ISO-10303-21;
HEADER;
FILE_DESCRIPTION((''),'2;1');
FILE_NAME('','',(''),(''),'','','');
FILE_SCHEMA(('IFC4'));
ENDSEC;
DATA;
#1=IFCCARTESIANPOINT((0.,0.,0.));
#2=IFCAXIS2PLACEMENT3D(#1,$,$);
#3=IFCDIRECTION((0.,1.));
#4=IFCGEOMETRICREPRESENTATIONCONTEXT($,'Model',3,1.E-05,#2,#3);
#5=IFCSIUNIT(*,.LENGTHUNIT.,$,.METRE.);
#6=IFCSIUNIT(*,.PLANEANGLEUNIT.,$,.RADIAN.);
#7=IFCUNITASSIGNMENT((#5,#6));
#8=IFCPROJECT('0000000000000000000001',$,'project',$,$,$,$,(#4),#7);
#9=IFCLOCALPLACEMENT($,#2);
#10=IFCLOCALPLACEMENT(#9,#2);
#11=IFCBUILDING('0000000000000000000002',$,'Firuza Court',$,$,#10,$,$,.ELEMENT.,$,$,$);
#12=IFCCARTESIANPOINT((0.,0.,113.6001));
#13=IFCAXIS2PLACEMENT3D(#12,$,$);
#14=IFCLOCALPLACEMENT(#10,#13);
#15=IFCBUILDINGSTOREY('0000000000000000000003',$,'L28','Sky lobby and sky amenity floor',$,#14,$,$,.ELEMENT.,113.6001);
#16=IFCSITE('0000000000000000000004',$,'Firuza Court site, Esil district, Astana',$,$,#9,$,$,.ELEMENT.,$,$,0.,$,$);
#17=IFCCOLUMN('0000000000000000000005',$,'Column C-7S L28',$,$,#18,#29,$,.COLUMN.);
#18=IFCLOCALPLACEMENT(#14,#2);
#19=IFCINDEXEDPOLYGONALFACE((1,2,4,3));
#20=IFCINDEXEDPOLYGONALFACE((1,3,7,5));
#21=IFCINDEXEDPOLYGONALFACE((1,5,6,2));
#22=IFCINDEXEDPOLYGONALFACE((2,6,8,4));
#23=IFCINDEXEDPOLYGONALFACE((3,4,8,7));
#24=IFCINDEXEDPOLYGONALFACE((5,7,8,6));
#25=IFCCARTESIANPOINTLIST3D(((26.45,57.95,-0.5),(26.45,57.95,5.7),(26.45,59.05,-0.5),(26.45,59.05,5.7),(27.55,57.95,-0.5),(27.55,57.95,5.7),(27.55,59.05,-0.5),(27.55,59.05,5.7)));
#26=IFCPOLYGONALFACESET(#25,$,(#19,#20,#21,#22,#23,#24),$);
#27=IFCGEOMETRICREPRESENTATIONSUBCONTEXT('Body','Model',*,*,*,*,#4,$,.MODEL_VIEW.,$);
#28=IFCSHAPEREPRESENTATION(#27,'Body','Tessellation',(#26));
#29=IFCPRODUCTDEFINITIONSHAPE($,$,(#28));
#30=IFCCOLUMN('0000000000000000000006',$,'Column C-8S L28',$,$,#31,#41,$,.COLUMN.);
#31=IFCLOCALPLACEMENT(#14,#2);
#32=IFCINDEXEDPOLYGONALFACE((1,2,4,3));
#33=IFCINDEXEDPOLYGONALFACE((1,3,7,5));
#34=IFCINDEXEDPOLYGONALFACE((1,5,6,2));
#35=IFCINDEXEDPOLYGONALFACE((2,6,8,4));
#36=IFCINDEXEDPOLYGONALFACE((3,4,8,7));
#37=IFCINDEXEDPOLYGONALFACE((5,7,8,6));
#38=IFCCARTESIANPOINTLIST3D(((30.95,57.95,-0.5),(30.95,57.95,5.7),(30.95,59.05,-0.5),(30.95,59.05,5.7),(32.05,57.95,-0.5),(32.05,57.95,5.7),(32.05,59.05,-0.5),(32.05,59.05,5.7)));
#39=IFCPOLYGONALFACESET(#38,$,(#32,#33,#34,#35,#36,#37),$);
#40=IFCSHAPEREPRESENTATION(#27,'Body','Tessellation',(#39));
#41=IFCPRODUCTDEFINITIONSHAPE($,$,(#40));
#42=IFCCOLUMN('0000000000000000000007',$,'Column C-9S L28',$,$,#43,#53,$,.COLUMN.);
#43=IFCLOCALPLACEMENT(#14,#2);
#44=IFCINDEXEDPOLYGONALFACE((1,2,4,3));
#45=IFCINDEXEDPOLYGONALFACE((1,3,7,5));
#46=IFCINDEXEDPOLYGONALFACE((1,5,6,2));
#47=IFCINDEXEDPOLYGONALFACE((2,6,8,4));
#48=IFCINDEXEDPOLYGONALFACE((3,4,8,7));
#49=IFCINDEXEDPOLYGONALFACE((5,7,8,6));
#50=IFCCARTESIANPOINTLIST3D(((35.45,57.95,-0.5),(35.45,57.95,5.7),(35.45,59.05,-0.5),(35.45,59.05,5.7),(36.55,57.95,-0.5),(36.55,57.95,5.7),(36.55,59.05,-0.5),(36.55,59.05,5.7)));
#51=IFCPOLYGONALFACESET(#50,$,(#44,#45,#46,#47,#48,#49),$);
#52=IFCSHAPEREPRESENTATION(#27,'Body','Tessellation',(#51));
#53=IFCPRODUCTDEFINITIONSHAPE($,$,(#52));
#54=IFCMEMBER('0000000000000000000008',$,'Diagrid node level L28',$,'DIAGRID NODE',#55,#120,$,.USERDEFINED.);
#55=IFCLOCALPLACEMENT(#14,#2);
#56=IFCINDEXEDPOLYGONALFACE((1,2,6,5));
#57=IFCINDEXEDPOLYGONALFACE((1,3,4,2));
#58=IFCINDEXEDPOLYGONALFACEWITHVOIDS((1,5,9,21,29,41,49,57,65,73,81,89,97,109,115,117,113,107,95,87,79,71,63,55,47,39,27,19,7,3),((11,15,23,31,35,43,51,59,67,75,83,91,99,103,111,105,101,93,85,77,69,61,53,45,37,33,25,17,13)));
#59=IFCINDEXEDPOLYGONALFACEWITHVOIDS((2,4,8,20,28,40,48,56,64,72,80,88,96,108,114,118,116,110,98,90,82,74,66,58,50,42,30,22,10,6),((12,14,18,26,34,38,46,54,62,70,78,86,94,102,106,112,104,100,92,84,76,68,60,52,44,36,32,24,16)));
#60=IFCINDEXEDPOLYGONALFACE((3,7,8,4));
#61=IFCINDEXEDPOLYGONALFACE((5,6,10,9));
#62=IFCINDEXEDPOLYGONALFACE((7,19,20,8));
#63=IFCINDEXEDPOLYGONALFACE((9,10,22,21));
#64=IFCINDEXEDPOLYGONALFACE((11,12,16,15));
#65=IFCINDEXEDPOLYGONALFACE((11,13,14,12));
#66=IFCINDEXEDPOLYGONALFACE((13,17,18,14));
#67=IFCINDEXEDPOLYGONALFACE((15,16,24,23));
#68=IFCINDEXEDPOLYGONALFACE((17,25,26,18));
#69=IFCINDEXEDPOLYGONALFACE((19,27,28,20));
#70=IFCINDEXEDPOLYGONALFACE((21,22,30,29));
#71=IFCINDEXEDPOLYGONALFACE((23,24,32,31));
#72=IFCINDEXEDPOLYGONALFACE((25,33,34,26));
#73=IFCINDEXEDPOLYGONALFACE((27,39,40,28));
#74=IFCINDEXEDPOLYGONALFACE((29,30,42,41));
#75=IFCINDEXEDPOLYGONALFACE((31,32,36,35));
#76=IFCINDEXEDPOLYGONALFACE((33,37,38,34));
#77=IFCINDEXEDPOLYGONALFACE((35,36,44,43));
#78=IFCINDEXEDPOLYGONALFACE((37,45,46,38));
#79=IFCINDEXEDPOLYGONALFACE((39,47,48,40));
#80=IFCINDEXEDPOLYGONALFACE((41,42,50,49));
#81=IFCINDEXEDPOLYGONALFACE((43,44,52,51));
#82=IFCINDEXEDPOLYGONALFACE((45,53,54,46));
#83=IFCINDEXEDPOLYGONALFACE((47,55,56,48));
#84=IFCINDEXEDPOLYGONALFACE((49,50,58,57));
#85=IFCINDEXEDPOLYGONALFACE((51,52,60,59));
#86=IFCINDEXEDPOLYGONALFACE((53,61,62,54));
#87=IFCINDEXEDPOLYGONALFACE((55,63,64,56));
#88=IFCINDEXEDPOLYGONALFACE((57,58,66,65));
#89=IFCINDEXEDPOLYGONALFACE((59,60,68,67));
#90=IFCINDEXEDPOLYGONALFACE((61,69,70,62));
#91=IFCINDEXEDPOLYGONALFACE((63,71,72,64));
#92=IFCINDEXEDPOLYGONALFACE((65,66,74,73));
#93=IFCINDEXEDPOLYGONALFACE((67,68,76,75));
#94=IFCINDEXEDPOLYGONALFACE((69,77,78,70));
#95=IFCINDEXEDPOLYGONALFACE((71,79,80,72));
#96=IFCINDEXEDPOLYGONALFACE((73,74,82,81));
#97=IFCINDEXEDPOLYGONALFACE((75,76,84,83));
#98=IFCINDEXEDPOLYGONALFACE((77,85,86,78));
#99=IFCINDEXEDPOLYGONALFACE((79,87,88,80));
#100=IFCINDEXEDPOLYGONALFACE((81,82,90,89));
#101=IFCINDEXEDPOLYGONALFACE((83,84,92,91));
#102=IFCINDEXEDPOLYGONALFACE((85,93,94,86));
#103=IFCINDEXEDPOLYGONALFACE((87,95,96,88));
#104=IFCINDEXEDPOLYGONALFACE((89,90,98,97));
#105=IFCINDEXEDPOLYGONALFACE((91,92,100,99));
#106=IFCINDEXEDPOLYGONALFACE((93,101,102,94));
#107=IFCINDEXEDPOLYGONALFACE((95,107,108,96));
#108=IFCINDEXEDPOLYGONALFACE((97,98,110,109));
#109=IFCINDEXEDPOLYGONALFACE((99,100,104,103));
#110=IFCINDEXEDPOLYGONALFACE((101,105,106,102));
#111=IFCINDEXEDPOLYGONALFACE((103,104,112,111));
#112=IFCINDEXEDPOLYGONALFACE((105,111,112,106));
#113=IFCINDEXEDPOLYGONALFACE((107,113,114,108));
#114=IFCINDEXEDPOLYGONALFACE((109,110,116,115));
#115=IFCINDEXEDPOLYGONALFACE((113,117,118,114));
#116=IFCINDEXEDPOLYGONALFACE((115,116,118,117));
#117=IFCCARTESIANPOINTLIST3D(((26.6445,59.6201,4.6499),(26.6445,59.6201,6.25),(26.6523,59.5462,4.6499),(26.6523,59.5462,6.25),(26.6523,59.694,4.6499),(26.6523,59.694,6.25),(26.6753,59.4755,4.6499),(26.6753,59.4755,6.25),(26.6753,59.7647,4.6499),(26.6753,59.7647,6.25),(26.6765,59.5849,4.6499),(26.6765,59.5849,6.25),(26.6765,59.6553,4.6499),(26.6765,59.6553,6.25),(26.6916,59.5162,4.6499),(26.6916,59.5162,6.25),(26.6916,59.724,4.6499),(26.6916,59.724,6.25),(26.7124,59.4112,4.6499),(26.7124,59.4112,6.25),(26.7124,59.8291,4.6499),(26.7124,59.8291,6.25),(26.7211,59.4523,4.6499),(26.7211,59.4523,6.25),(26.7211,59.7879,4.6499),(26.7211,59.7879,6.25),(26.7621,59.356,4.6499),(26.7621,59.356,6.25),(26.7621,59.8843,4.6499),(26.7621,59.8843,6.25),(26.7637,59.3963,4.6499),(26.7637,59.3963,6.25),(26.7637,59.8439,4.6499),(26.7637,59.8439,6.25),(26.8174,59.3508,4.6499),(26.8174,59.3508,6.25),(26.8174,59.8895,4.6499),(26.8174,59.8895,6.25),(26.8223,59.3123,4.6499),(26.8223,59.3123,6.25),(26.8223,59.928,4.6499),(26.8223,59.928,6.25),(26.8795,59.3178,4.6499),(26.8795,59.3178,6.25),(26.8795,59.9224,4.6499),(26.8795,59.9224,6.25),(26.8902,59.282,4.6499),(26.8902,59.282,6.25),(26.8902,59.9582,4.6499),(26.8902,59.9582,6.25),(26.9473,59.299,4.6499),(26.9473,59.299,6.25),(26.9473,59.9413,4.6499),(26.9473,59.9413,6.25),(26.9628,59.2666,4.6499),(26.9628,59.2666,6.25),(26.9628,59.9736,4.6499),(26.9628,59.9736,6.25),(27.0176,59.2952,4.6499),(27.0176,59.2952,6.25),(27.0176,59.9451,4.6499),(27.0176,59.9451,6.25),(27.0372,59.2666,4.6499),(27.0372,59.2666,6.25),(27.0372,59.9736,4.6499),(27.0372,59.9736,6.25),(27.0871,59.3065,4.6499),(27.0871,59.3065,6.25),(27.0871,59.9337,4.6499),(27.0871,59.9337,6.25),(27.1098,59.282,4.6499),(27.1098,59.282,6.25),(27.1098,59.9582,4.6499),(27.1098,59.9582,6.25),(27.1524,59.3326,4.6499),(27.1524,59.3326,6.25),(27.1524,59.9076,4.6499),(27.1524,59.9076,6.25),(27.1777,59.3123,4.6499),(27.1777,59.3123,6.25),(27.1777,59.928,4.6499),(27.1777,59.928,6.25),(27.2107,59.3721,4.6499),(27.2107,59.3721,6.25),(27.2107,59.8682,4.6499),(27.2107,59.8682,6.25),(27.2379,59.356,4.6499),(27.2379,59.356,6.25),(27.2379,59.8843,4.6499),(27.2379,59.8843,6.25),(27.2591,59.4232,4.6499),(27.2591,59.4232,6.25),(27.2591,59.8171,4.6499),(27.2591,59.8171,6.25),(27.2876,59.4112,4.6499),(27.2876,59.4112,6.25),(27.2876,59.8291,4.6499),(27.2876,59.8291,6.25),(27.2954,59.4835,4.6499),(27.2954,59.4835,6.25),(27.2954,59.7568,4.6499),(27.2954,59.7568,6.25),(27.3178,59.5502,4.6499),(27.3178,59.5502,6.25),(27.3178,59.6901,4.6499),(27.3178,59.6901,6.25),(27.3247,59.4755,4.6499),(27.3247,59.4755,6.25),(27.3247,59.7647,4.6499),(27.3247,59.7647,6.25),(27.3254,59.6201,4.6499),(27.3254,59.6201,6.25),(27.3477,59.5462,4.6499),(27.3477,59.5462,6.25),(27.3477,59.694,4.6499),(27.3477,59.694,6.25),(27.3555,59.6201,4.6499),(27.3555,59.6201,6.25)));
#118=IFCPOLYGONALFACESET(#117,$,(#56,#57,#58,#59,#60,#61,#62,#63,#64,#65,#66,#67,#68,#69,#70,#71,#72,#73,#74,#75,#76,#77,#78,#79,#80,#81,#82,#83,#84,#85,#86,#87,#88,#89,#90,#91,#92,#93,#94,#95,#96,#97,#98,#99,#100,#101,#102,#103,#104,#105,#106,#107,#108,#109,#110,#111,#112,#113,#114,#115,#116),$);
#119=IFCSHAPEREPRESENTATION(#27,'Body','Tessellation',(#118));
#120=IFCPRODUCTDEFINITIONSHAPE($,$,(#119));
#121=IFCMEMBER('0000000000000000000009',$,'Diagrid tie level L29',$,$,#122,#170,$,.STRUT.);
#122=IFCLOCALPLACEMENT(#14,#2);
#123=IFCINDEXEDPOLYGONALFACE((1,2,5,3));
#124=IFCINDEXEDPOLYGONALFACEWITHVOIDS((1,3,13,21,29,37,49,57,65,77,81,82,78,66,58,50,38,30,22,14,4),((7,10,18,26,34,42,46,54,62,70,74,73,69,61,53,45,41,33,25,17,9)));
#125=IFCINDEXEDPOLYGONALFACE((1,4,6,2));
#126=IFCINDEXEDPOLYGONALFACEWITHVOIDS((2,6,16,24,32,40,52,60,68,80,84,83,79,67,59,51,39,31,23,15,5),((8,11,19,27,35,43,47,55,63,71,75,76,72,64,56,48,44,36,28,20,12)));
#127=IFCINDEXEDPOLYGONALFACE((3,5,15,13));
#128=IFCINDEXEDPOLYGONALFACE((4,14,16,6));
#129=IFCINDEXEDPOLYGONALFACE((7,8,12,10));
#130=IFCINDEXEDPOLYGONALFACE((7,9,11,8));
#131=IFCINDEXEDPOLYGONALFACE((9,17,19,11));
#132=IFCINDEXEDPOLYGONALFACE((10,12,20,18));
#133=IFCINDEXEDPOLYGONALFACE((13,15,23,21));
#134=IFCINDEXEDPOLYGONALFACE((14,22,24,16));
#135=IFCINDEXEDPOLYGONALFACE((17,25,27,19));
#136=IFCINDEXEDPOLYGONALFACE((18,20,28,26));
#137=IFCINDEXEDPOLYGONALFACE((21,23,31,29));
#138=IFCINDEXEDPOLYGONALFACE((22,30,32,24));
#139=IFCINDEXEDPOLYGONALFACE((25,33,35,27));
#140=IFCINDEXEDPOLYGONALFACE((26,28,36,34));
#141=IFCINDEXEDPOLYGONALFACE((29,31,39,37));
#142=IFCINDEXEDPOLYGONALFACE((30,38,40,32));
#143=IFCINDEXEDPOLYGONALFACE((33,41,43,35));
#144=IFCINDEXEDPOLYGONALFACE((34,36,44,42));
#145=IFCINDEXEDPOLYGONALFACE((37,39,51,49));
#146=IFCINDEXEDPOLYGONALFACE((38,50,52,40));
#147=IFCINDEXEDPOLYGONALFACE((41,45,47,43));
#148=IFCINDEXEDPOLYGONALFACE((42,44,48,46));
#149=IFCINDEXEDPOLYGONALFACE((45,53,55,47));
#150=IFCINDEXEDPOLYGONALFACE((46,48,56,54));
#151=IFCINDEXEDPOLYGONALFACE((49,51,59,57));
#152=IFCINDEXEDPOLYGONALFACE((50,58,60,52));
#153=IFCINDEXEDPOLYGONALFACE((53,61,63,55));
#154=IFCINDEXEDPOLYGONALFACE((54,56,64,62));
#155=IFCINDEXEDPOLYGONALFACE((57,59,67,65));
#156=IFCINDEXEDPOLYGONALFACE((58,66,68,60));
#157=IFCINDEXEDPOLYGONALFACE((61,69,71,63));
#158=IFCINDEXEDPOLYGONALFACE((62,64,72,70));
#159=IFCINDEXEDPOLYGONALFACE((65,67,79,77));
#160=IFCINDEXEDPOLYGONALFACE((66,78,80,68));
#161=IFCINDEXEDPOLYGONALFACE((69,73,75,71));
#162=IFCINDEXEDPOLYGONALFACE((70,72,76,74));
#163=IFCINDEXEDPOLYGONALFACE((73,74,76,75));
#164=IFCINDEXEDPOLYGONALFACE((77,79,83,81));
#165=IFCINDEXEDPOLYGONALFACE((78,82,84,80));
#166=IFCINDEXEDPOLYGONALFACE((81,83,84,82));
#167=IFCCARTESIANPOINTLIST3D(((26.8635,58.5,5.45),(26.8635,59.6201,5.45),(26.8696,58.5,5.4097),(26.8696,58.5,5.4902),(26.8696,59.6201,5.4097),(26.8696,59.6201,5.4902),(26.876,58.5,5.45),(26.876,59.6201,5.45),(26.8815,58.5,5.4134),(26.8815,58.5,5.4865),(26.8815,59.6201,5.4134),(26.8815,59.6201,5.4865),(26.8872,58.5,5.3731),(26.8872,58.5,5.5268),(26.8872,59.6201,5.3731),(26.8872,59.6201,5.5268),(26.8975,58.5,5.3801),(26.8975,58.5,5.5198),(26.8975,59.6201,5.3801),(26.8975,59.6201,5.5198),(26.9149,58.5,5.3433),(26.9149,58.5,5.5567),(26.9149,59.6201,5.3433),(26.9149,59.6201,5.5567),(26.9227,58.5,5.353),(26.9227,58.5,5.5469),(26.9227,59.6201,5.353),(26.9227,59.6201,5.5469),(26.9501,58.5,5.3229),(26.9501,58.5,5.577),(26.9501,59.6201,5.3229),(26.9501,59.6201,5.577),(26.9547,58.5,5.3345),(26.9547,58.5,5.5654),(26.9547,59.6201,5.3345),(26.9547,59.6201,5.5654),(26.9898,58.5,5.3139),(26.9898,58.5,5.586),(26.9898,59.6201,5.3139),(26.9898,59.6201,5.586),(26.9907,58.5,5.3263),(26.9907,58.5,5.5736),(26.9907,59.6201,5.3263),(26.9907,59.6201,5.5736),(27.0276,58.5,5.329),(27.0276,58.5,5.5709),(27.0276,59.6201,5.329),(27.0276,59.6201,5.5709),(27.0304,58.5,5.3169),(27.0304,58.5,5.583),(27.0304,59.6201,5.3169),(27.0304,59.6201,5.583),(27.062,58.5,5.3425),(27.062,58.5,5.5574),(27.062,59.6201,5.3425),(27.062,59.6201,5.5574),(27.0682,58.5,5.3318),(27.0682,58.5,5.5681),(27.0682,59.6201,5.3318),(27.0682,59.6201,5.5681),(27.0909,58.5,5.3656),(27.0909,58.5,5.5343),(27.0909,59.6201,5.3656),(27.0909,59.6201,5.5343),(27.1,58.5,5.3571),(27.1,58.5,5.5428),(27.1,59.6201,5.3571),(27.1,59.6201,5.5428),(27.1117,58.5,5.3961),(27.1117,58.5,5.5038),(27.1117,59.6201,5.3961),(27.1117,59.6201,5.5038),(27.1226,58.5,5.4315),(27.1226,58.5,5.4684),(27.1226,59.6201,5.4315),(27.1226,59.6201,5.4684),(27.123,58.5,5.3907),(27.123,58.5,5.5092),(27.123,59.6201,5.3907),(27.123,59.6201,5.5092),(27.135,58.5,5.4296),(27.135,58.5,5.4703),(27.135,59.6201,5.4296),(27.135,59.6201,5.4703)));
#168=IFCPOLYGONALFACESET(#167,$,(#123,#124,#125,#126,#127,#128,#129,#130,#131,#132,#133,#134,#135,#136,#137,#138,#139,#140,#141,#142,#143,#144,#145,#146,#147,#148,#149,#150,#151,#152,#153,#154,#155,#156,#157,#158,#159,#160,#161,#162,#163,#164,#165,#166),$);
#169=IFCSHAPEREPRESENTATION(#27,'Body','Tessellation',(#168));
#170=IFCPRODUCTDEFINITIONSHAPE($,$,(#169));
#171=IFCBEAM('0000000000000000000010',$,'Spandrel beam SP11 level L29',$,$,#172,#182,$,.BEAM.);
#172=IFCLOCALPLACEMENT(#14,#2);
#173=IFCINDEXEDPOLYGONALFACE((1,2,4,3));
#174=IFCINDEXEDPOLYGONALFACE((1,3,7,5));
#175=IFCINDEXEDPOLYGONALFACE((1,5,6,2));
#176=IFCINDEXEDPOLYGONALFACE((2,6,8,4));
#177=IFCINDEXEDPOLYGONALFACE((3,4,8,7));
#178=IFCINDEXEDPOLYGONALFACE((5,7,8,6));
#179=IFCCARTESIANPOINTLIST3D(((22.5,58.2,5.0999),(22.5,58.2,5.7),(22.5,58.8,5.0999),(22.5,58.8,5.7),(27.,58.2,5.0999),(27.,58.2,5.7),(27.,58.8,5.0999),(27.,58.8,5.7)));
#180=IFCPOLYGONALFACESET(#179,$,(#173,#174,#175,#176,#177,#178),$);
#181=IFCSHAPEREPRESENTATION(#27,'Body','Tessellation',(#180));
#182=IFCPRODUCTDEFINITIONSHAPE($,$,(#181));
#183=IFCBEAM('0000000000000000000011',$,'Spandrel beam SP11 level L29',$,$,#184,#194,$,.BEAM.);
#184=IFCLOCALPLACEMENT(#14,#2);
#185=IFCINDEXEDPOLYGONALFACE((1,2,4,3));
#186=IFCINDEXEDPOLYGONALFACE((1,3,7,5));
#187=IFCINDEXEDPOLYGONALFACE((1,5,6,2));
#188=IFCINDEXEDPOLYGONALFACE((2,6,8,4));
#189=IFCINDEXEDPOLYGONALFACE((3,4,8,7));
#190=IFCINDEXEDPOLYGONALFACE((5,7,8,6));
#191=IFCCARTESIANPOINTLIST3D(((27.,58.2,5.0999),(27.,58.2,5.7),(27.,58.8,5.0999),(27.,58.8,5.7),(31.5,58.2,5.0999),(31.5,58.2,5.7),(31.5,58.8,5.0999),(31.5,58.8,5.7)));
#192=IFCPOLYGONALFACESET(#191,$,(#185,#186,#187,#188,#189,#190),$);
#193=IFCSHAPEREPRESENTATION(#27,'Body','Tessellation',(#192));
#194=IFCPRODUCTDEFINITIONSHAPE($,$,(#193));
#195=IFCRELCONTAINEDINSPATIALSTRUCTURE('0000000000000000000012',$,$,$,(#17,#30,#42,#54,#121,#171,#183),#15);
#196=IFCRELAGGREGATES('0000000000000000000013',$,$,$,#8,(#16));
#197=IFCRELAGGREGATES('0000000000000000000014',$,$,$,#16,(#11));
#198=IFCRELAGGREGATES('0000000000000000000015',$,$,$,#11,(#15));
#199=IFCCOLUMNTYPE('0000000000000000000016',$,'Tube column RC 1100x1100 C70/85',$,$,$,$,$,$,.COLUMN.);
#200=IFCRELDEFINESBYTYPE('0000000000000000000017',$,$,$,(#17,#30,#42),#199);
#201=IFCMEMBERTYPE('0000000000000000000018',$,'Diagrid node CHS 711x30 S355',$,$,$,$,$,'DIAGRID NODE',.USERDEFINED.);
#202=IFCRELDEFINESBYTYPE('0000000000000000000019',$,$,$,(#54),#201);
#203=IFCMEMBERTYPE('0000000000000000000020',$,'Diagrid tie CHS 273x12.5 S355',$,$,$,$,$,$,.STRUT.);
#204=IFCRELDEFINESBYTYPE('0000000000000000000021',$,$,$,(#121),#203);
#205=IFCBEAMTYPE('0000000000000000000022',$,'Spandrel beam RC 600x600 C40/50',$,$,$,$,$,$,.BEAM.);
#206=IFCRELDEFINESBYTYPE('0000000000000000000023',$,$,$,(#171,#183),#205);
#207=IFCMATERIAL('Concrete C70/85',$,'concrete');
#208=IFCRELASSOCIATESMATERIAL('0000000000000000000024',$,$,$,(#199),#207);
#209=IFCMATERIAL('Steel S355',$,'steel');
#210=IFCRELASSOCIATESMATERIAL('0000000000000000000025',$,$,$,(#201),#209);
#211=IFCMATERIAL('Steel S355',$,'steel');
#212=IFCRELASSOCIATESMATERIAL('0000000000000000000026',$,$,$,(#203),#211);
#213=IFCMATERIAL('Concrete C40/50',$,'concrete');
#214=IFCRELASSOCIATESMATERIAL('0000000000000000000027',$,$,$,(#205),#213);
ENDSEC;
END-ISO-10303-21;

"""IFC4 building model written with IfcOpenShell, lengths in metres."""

from ifc_helpers import new_model, si_unit, direction, frame, origin, origin_2d, place, context, subcontext, project, spatial, rectangle, hollow_circle, extrude, material, material_profile, profile_set, type_object, element, save


model = new_model("IFC4")

# Units and contexts
model_context = context("Model", 3, precision=1e-05, world=origin(), true_north=direction((0.0, 1.0)))
body_context = subcontext(model_context, "Body", "Model", "MODEL_VIEW")
ifc_project = project(units=[si_unit("LENGTHUNIT", "METRE"), si_unit("PLANEANGLEUNIT", "RADIAN")], contexts=[model_context])

# Site, building, storey
site_placement = place(None, origin())
site = spatial("IfcSite", under=ifc_project, at=site_placement, Name="Firuza Court site, Esil district, Astana", CompositionType="ELEMENT", RefElevation=0.0)
building_placement = place(site_placement, origin())
building = spatial("IfcBuilding", under=site, at=building_placement, Name="Firuza Court", CompositionType="ELEMENT")
storey_placement = place(building_placement, frame((0.0, 0.0, 113.6001)))
storey = spatial("IfcBuildingStorey", under=building, at=storey_placement, Name="L28", Description="Sky lobby and sky amenity floor", CompositionType="ELEMENT", Elevation=113.6001)

# Columns
ifc_material_1 = material(Name="Concrete C70/85", Category="concrete")
ifc_material_profile_1 = material_profile(ifc_material_1, rectangle(XDim=1.1001, YDim=1.1001, at=origin_2d()), Name="RC 1100x1100")
ifc_profile_set_1 = profile_set([ifc_material_profile_1], Name="Concrete C70/85")
column_type = type_object("IfcColumnType", Name="Tube column RC 1100x1100 C70/85", PredefinedType="COLUMN", material=ifc_profile_set_1)
for number, where, z_axis, x_axis, name in (
    (1, (27.0, 58.5, -0.5), (0.0, 0.0, 1.0), (1.0, 0.0, 0.0), "Column C-7S L28"),
    (2, (31.5, 58.5, -0.5), (0.0, 0.0, 1.0), (1.0, 0.0, 0.0), "Column C-8S L28"),
    (3, (36.0, 58.5, -0.5), (0.0, 0.0, 1.0), (1.0, 0.0, 0.0), "Column C-9S L28"),
):
    element("IfcColumn", number, at=place(storey_placement, frame(where, z_axis=z_axis, x_axis=x_axis)), inside=storey, type_object=column_type, Name=name, PredefinedType="COLUMN", context=body_context, shape_type="SweptSolid", body=[
        extrude(rectangle(XDim=1.1001, YDim=1.1001, at=origin_2d()), origin(), (0.0, 0.0, 1.0), 6.2),
    ])

# Members
ifc_material_2 = material(Name="Steel S355", Category="steel")
ifc_material_profile_2 = material_profile(ifc_material_2, hollow_circle(Radius=0.3555, WallThickness=0.03, at=origin_2d()), Name="CHS 711x30")
ifc_profile_set_2 = profile_set([ifc_material_profile_2], Name="Steel S355")
member_type_1 = type_object("IfcMemberType", Name="Diagrid node CHS 711x30 S355", ElementType="DIAGRID NODE", PredefinedType="USERDEFINED", material=ifc_profile_set_2)
member_1_placement = place(storey_placement, frame((27.0, 59.6201, 4.6499), z_axis=(0.0, 0.0, 1.0), x_axis=(1.0, 0.0, 0.0)))
element("IfcMember", 4, at=member_1_placement, inside=storey, type_object=member_type_1, Name="Diagrid node level L28", ObjectType="DIAGRID NODE", PredefinedType="USERDEFINED", context=body_context, shape_type="SweptSolid", body=[
    extrude(hollow_circle(Radius=0.3555, WallThickness=0.03, at=origin_2d()), origin(), (0.0, 0.0, 1.0), 1.6001),
])
ifc_material_3 = material(Name="Steel S355", Category="steel")
ifc_material_profile_3 = material_profile(ifc_material_3, hollow_circle(Radius=0.1365, WallThickness=0.0125, at=origin_2d()), Name="CHS 273x12.5")
ifc_profile_set_3 = profile_set([ifc_material_profile_3], Name="Steel S355")
member_type_2 = type_object("IfcMemberType", Name="Diagrid tie CHS 273x12.5 S355", PredefinedType="STRUT", material=ifc_profile_set_3)
member_2_placement = place(storey_placement, frame((27.0, 58.5, 5.45), z_axis=(0.0, 1.0, 0.0), x_axis=(-1.0, 0.0, 0.0)))
element("IfcMember", 5, at=member_2_placement, inside=storey, type_object=member_type_2, Name="Diagrid tie level L29", PredefinedType="STRUT", context=body_context, shape_type="SweptSolid", body=[
    extrude(hollow_circle(Radius=0.1365, WallThickness=0.0125, at=origin_2d()), origin(), (0.0, 0.0, 1.0), 1.1201),
])

# Beams
ifc_material_4 = material(Name="Concrete C40/50", Category="concrete")
ifc_material_profile_4 = material_profile(ifc_material_4, rectangle(XDim=0.6001, YDim=0.6001, at=origin_2d()), Name="RC 600x600")
ifc_profile_set_4 = profile_set([ifc_material_profile_4], Name="Concrete C40/50")
beam_type = type_object("IfcBeamType", Name="Spandrel beam RC 600x600 C40/50", PredefinedType="BEAM", material=ifc_profile_set_4)
for number, where, z_axis, x_axis, name in (
    (6, (27.0, 58.5, 5.3999), (-1.0, 0.0, 0.0), (0.0, -1.0, 0.0), "Spandrel beam SP11 level L29"),
    (7, (31.5, 58.5, 5.3999), (-1.0, 0.0, 0.0), (0.0, -1.0, 0.0), "Spandrel beam SP11 level L29"),
):
    element("IfcBeam", number, at=place(storey_placement, frame(where, z_axis=z_axis, x_axis=x_axis)), inside=storey, type_object=beam_type, Name=name, PredefinedType="BEAM", context=body_context, shape_type="SweptSolid", body=[
        extrude(rectangle(XDim=0.6001, YDim=0.6001, at=origin_2d()), origin(), (0.0, 0.0, 1.0), 4.5),
    ])

save(model, "model.ifc")
